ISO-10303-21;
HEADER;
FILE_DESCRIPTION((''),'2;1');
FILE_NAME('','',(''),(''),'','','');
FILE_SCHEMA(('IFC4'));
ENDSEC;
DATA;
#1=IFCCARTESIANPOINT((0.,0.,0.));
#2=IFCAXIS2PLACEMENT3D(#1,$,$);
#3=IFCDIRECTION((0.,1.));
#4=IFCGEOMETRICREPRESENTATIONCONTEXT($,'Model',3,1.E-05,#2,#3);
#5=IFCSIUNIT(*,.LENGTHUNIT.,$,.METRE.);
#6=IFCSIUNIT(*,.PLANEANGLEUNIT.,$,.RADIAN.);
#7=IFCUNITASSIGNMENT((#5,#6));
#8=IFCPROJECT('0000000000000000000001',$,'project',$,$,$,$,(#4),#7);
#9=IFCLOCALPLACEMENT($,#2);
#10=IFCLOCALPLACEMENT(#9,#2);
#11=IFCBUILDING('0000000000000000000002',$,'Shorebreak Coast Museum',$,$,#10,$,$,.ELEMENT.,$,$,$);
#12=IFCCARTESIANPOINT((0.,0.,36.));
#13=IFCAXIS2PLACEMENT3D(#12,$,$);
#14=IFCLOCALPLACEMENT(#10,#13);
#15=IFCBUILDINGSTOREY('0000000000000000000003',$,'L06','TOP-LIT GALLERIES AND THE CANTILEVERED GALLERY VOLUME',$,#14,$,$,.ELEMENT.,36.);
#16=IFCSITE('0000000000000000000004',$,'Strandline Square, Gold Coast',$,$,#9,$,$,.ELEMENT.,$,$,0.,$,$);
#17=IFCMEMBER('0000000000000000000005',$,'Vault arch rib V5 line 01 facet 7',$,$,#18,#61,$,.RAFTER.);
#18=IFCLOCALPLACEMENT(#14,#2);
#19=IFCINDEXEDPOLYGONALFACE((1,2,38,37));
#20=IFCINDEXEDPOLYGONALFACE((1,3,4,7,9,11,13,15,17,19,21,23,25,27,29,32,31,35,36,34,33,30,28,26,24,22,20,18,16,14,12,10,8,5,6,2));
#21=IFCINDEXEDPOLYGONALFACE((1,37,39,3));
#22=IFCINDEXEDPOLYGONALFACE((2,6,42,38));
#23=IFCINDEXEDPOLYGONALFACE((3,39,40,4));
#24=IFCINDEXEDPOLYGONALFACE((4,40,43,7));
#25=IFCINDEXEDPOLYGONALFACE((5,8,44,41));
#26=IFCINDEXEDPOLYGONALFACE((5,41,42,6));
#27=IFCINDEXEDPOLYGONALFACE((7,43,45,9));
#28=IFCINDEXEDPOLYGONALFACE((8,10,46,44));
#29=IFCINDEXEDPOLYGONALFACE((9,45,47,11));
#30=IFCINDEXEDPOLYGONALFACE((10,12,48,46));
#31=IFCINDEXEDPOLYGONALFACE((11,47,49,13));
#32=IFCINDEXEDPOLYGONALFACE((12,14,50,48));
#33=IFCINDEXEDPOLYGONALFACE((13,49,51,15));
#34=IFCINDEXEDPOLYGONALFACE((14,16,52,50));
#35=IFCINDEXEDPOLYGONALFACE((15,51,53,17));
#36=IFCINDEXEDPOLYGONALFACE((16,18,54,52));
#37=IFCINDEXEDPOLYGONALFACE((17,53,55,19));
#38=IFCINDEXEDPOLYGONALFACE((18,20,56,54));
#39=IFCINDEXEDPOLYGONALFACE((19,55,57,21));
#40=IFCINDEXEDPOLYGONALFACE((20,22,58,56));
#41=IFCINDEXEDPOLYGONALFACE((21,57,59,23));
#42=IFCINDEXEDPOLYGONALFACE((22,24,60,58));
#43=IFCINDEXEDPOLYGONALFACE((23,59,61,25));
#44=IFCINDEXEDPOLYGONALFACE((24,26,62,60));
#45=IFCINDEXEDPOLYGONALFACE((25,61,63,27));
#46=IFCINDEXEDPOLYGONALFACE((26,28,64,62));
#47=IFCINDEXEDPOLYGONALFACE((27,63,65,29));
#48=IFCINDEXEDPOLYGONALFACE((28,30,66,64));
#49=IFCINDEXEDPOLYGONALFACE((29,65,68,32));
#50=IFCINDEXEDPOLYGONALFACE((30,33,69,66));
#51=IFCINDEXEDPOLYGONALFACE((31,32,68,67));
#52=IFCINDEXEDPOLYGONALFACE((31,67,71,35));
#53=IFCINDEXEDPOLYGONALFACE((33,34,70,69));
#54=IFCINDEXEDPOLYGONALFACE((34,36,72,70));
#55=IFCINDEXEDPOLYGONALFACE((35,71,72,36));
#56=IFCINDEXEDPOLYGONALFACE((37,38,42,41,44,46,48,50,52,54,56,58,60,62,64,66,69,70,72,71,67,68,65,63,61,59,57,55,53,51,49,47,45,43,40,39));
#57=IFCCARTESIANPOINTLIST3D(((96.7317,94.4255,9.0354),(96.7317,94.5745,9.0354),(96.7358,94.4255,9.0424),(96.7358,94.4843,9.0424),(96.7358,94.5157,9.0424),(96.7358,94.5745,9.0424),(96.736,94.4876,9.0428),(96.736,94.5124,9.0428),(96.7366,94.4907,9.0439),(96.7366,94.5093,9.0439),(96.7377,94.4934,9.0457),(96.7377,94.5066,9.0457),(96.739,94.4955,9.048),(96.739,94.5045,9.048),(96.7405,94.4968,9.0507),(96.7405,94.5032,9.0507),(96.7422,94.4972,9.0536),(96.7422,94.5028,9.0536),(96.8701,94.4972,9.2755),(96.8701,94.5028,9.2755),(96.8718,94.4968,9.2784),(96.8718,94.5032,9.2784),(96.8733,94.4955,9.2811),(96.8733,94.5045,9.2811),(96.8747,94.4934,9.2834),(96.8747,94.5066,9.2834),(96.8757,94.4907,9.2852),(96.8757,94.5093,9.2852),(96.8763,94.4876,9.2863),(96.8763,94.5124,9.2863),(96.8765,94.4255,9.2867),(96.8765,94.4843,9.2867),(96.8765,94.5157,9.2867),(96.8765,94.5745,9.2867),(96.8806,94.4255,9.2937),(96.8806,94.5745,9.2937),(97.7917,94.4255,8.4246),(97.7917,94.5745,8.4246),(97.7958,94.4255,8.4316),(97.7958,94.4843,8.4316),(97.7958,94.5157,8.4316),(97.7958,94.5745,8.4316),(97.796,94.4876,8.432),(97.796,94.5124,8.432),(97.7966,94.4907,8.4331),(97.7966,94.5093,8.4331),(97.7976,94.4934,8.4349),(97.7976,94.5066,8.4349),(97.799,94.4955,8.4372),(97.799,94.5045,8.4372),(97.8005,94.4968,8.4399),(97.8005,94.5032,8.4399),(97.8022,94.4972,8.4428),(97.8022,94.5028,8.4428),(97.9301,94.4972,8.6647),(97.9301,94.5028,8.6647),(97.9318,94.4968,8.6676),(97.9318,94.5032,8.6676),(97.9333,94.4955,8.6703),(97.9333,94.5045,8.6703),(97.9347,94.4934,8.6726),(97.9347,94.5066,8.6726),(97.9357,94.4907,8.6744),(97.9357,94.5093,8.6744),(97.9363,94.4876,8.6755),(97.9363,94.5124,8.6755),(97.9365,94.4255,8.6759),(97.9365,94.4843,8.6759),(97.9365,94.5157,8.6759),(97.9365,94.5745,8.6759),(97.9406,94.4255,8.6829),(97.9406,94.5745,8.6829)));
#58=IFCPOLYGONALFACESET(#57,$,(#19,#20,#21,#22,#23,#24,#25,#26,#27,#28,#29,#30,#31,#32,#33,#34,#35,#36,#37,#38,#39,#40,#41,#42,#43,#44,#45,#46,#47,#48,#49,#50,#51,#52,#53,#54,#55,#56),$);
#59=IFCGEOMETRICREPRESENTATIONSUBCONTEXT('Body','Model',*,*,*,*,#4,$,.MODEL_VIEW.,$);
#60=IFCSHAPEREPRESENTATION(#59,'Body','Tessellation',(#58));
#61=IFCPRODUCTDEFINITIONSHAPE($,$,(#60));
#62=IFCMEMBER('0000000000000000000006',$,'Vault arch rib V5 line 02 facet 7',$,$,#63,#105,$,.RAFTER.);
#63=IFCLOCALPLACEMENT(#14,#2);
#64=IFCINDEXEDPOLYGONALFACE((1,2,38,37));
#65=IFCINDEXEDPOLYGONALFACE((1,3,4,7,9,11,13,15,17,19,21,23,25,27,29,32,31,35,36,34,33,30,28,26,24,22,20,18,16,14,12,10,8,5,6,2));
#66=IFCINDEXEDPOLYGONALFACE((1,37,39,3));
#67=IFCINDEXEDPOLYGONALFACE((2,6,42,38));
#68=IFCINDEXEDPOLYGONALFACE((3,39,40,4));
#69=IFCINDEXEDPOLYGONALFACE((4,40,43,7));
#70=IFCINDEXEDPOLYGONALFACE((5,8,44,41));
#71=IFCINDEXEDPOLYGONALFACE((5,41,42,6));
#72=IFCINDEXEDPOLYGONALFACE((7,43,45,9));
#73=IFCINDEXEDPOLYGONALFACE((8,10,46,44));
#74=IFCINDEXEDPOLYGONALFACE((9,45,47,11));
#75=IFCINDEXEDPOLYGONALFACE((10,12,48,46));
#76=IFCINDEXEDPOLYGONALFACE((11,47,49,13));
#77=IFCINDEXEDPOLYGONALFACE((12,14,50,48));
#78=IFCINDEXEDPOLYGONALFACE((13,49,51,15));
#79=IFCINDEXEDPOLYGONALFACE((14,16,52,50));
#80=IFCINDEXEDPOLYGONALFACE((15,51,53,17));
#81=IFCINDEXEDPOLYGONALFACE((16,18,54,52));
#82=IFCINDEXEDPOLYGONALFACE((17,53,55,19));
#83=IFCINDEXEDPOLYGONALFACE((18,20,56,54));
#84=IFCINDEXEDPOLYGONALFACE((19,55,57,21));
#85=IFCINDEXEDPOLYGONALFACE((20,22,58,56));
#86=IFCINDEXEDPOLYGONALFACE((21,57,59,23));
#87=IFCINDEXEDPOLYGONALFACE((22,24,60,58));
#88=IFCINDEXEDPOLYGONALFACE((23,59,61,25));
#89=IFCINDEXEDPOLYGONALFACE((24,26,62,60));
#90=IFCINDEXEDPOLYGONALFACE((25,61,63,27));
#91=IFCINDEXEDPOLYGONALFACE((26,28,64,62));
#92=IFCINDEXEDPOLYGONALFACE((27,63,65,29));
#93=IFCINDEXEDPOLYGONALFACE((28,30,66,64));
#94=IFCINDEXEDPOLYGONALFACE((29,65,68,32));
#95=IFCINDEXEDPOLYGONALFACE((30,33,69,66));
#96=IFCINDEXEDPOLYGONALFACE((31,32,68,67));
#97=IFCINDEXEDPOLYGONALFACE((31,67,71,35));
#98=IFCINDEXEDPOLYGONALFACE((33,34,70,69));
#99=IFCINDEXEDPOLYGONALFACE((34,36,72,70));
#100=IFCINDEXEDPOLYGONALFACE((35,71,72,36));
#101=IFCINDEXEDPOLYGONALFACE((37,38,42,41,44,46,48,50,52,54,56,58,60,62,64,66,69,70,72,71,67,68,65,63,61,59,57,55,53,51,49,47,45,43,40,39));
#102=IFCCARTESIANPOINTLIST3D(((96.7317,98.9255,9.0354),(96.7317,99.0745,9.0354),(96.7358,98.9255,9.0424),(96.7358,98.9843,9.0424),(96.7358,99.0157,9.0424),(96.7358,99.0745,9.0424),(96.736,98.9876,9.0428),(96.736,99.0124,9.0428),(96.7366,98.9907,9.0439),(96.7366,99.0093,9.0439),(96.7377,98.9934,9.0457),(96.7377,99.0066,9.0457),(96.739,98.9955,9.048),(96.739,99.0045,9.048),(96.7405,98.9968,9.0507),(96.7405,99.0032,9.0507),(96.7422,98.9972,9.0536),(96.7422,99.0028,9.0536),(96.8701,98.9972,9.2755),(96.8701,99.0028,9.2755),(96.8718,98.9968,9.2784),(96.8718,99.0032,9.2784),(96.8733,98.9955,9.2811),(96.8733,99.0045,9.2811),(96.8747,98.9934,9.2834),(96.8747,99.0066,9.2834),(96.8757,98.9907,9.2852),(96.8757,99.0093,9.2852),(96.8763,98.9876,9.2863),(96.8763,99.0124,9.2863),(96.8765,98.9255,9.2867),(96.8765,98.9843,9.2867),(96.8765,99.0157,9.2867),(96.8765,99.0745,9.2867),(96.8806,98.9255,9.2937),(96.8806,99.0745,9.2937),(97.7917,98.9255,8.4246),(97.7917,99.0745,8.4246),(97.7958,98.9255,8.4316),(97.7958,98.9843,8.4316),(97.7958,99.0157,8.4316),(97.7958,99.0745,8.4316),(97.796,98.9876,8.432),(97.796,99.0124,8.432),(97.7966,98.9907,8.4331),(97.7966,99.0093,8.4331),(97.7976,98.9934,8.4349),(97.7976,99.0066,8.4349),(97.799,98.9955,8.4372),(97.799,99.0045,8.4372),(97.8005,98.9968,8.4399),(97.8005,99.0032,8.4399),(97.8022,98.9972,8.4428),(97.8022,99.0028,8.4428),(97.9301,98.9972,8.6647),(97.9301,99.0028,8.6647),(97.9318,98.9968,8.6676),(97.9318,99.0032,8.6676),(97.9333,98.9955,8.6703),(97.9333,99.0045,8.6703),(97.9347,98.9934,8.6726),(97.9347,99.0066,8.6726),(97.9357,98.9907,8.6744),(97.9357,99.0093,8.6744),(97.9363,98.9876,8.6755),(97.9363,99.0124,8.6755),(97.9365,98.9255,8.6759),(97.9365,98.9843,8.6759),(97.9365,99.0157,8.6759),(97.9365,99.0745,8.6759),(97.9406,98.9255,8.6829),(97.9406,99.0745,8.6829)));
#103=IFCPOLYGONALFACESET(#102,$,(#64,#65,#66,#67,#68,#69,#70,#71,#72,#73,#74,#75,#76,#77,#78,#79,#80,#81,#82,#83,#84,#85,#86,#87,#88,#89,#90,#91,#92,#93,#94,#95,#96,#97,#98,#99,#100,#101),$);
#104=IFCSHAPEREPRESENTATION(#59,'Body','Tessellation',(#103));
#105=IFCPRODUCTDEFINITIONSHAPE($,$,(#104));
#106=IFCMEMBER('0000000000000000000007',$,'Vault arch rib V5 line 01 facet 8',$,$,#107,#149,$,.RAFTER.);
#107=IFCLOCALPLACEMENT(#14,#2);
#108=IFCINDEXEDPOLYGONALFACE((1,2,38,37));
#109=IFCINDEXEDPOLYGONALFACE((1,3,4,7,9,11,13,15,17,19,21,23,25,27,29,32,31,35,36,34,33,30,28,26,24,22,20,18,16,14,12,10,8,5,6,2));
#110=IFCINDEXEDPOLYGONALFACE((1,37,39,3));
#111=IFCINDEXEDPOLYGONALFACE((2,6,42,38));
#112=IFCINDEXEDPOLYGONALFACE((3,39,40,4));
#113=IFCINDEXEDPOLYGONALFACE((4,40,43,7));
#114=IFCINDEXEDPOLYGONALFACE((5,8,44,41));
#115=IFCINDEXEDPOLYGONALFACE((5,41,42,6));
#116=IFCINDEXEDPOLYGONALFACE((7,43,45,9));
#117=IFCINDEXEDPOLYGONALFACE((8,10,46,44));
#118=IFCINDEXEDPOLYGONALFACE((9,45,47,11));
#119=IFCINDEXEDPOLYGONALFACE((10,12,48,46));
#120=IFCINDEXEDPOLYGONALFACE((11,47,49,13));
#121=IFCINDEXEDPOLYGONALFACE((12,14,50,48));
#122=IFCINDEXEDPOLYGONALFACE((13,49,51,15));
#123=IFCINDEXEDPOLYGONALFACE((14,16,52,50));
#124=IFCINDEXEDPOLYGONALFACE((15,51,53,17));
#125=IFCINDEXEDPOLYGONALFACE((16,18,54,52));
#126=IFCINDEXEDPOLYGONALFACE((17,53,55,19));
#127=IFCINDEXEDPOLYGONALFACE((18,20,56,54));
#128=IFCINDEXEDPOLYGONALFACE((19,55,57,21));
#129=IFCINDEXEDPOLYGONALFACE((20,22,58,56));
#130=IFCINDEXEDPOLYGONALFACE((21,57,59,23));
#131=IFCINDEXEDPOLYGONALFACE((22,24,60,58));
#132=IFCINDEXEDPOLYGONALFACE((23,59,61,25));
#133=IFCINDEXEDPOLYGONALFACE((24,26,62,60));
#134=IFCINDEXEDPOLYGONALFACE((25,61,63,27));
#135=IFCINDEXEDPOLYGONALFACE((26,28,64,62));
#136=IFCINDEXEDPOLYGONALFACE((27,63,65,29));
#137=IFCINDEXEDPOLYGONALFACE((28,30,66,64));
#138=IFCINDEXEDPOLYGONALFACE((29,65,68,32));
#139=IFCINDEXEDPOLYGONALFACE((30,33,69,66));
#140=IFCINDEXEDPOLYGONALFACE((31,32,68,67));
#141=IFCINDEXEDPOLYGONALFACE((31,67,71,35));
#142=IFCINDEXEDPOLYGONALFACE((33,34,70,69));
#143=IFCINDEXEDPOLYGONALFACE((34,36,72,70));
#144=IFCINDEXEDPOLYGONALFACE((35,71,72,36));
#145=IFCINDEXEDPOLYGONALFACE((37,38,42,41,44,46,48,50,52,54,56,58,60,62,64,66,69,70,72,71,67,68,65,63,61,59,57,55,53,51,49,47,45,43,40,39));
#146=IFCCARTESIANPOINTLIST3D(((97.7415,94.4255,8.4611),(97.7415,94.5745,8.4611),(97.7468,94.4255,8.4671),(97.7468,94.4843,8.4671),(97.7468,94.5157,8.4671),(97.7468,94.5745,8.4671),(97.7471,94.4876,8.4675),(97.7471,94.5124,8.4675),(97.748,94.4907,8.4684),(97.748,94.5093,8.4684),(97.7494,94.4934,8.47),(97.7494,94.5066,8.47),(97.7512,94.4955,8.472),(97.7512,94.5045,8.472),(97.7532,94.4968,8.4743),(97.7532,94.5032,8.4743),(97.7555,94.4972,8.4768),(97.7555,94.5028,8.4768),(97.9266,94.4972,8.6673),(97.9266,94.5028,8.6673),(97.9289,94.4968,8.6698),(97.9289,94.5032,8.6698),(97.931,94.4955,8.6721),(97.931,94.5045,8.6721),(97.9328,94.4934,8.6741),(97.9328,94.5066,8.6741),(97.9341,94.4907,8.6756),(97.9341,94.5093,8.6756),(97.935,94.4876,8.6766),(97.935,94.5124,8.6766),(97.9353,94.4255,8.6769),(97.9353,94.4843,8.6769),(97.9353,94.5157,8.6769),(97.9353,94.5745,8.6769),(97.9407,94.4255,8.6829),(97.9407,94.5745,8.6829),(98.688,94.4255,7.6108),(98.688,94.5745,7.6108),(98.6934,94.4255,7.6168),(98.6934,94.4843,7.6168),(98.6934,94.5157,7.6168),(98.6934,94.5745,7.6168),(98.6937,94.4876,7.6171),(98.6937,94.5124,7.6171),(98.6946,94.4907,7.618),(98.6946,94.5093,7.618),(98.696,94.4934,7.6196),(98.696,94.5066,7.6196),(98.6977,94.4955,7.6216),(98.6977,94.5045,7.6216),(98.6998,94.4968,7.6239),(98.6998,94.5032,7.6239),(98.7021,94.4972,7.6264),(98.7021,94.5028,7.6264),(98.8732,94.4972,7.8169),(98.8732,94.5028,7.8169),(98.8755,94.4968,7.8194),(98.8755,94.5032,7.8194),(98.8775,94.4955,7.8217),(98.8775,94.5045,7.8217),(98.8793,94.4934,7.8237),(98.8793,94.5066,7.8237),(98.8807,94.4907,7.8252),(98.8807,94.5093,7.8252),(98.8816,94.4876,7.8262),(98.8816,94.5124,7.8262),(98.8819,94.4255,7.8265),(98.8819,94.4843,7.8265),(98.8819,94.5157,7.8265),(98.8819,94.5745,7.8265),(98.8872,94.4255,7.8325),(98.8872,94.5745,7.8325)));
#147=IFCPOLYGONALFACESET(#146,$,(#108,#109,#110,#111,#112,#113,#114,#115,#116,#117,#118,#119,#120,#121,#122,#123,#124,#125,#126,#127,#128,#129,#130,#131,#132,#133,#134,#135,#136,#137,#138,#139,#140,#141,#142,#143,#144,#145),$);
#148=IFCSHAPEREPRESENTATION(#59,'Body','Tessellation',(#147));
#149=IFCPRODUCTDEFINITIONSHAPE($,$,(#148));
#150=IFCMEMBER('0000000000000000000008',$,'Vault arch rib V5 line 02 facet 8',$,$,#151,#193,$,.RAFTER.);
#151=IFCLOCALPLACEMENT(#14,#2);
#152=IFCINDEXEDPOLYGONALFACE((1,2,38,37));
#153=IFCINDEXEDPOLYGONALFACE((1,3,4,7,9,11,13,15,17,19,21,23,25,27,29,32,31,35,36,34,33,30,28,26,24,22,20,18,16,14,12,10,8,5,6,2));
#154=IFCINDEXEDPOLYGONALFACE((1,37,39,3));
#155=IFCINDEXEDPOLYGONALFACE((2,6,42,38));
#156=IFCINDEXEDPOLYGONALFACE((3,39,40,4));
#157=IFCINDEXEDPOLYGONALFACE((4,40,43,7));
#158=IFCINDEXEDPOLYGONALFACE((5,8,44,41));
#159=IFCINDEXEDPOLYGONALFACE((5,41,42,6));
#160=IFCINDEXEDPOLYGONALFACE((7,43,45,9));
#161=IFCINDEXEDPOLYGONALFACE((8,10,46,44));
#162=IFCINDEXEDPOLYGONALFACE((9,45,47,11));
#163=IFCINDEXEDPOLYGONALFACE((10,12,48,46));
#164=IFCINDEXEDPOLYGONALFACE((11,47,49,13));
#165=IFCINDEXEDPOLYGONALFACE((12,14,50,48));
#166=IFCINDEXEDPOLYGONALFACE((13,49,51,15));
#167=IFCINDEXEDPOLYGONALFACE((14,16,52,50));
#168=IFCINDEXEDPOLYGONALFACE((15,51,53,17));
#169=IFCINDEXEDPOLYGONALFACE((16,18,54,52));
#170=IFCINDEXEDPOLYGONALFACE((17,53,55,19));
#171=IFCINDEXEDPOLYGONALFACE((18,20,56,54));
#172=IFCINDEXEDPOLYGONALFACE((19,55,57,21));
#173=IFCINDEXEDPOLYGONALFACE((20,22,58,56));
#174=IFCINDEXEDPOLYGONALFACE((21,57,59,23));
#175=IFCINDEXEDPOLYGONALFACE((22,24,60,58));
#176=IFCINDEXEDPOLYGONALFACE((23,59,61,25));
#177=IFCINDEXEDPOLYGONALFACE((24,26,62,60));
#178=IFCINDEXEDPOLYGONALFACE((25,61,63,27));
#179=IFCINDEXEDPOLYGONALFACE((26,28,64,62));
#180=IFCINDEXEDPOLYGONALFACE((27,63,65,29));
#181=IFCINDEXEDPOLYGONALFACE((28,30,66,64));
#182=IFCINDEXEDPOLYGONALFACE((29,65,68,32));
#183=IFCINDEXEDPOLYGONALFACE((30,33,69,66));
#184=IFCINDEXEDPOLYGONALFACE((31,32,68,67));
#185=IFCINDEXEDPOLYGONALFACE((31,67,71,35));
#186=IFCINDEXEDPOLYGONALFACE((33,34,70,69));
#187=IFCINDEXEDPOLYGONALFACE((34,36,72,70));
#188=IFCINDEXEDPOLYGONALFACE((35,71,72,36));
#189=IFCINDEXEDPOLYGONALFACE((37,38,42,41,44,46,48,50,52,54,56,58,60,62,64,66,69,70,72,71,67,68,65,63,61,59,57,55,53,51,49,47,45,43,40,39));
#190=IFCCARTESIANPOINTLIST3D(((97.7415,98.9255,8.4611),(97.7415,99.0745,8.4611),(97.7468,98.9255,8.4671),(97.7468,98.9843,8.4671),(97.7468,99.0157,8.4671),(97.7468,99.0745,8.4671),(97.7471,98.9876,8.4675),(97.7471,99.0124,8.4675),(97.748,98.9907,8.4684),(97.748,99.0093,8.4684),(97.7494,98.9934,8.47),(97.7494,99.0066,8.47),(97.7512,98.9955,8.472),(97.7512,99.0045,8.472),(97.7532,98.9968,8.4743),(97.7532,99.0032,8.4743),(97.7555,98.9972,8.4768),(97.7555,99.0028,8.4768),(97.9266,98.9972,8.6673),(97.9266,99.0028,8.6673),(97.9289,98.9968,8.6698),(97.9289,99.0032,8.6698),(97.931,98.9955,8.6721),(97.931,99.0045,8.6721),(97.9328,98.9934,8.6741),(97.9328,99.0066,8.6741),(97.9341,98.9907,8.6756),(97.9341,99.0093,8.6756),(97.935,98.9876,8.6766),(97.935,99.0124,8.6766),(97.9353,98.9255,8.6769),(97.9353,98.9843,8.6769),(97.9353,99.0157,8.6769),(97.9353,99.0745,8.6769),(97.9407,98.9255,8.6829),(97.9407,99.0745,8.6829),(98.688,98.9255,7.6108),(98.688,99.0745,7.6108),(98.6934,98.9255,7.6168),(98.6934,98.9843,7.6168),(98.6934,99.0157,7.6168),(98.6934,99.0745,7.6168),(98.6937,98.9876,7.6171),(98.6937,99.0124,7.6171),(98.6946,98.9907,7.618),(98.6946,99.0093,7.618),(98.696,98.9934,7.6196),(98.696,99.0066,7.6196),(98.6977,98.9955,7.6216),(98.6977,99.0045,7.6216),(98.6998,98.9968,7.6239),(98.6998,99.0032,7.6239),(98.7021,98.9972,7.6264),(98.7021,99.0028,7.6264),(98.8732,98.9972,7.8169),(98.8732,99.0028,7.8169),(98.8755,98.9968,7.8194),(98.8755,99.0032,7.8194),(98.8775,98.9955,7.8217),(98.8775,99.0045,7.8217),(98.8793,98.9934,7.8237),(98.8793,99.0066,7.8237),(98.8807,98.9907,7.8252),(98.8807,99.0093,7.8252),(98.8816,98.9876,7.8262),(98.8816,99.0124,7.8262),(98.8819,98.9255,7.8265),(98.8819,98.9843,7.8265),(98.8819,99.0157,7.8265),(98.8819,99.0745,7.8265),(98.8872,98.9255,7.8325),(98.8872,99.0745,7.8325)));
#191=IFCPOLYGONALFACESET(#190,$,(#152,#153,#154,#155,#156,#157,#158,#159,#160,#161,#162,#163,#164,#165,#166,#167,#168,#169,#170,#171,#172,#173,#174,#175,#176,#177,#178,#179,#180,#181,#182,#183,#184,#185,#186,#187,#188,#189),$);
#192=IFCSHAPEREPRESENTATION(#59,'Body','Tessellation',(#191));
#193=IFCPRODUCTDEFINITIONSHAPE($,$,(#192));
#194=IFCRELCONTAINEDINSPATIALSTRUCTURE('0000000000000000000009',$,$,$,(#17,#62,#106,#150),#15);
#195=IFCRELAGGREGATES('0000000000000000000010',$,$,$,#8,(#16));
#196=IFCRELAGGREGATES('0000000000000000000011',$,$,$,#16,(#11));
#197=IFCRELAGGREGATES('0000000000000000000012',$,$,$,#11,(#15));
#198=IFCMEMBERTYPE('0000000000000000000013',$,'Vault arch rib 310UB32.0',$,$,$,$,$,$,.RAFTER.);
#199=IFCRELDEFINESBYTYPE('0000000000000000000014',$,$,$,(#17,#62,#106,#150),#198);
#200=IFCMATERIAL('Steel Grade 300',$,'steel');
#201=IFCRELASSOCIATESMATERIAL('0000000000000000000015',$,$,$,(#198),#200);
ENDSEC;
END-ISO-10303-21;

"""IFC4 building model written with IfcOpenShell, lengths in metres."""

from ifc_helpers import new_model, si_unit, direction, frame, origin, origin_2d, place, context, subcontext, project, spatial, i_section, extrude, material, material_profile, profile_set, type_object, element, save


model = new_model("IFC4")

# Units and contexts
model_context = context("Model", 3, precision=1e-05, world=origin(), true_north=direction((0.0, 1.0)))
body_context = subcontext(model_context, "Body", "Model", "MODEL_VIEW")
ifc_project = project(units=[si_unit("LENGTHUNIT", "METRE"), si_unit("PLANEANGLEUNIT", "RADIAN")], contexts=[model_context])

# Site, building, storey
site_placement = place(None, origin())
site = spatial("IfcSite", under=ifc_project, at=site_placement, Name="Strandline Square, Gold Coast", CompositionType="ELEMENT", RefElevation=0.0)
building_placement = place(site_placement, origin())
building = spatial("IfcBuilding", under=site, at=building_placement, Name="Shorebreak Coast Museum", CompositionType="ELEMENT")
storey_placement = place(building_placement, frame((0.0, 0.0, 36.0)))
storey = spatial("IfcBuildingStorey", under=building, at=storey_placement, Name="L06", Description="TOP-LIT GALLERIES AND THE CANTILEVERED GALLERY VOLUME", CompositionType="ELEMENT", Elevation=36.0)

# Members
ifc_material_1 = material(Name="Steel Grade 300", Category="steel")
ifc_material_profile_1 = material_profile(ifc_material_1, i_section(OverallWidth=0.1489, OverallDepth=0.2981, WebThickness=0.0056, FlangeThickness=0.0081, FilletRadius=0.0129, at=origin_2d()), Name="310UB32.0")
ifc_profile_set_1 = profile_set([ifc_material_profile_1], Name="Steel Grade 300")
member_type_1 = type_object("IfcMemberType", Name="Vault arch rib 310UB32.0", PredefinedType="RAFTER", material=ifc_profile_set_1)
for number, where, z_axis, x_axis, name in (
    (1, (96.8062, 94.5, 9.1646), (0.866445, 0.0, -0.499273), (0.0, 1.0, 0.0), "Vault arch rib V5 line 01 facet 7"),
    (2, (96.8062, 99.0, 9.1646), (0.866445, 0.0, -0.499273), (0.0, 1.0, 0.0), "Vault arch rib V5 line 02 facet 7"),
):
    element("IfcMember", number, at=place(storey_placement, frame(where, z_axis=z_axis, x_axis=x_axis)), inside=storey, type_object=member_type_1, Name=name, PredefinedType="RAFTER", context=body_context, shape_type="SweptSolid", body=[
        extrude(i_section(OverallWidth=0.1489, OverallDepth=0.2981, WebThickness=0.0056, FlangeThickness=0.0081, FilletRadius=0.0129, at=origin_2d()), origin(), (0.0, 0.0, 1.0), 1.2234),
    ])
for number, where, z_axis, x_axis, name in (
    (3, (97.8411, 94.5, 8.572), (0.743895, 0.0, -0.668297), (0.0, 1.0, 0.0), "Vault arch rib V5 line 01 facet 8"),
    (4, (97.8411, 99.0, 8.572), (0.743895, 0.0, -0.668297), (0.0, 1.0, 0.0), "Vault arch rib V5 line 02 facet 8"),
):
    element("IfcMember", number, at=place(storey_placement, frame(where, z_axis=z_axis, x_axis=x_axis)), inside=storey, type_object=member_type_1, Name=name, PredefinedType="RAFTER", context=body_context, shape_type="SweptSolid", body=[
        extrude(i_section(OverallWidth=0.1489, OverallDepth=0.2981, WebThickness=0.0056, FlangeThickness=0.0081, FilletRadius=0.0129, at=origin_2d()), origin(), (0.0, 0.0, 1.0), 1.2725),
    ])

save(model, "model.ifc")
